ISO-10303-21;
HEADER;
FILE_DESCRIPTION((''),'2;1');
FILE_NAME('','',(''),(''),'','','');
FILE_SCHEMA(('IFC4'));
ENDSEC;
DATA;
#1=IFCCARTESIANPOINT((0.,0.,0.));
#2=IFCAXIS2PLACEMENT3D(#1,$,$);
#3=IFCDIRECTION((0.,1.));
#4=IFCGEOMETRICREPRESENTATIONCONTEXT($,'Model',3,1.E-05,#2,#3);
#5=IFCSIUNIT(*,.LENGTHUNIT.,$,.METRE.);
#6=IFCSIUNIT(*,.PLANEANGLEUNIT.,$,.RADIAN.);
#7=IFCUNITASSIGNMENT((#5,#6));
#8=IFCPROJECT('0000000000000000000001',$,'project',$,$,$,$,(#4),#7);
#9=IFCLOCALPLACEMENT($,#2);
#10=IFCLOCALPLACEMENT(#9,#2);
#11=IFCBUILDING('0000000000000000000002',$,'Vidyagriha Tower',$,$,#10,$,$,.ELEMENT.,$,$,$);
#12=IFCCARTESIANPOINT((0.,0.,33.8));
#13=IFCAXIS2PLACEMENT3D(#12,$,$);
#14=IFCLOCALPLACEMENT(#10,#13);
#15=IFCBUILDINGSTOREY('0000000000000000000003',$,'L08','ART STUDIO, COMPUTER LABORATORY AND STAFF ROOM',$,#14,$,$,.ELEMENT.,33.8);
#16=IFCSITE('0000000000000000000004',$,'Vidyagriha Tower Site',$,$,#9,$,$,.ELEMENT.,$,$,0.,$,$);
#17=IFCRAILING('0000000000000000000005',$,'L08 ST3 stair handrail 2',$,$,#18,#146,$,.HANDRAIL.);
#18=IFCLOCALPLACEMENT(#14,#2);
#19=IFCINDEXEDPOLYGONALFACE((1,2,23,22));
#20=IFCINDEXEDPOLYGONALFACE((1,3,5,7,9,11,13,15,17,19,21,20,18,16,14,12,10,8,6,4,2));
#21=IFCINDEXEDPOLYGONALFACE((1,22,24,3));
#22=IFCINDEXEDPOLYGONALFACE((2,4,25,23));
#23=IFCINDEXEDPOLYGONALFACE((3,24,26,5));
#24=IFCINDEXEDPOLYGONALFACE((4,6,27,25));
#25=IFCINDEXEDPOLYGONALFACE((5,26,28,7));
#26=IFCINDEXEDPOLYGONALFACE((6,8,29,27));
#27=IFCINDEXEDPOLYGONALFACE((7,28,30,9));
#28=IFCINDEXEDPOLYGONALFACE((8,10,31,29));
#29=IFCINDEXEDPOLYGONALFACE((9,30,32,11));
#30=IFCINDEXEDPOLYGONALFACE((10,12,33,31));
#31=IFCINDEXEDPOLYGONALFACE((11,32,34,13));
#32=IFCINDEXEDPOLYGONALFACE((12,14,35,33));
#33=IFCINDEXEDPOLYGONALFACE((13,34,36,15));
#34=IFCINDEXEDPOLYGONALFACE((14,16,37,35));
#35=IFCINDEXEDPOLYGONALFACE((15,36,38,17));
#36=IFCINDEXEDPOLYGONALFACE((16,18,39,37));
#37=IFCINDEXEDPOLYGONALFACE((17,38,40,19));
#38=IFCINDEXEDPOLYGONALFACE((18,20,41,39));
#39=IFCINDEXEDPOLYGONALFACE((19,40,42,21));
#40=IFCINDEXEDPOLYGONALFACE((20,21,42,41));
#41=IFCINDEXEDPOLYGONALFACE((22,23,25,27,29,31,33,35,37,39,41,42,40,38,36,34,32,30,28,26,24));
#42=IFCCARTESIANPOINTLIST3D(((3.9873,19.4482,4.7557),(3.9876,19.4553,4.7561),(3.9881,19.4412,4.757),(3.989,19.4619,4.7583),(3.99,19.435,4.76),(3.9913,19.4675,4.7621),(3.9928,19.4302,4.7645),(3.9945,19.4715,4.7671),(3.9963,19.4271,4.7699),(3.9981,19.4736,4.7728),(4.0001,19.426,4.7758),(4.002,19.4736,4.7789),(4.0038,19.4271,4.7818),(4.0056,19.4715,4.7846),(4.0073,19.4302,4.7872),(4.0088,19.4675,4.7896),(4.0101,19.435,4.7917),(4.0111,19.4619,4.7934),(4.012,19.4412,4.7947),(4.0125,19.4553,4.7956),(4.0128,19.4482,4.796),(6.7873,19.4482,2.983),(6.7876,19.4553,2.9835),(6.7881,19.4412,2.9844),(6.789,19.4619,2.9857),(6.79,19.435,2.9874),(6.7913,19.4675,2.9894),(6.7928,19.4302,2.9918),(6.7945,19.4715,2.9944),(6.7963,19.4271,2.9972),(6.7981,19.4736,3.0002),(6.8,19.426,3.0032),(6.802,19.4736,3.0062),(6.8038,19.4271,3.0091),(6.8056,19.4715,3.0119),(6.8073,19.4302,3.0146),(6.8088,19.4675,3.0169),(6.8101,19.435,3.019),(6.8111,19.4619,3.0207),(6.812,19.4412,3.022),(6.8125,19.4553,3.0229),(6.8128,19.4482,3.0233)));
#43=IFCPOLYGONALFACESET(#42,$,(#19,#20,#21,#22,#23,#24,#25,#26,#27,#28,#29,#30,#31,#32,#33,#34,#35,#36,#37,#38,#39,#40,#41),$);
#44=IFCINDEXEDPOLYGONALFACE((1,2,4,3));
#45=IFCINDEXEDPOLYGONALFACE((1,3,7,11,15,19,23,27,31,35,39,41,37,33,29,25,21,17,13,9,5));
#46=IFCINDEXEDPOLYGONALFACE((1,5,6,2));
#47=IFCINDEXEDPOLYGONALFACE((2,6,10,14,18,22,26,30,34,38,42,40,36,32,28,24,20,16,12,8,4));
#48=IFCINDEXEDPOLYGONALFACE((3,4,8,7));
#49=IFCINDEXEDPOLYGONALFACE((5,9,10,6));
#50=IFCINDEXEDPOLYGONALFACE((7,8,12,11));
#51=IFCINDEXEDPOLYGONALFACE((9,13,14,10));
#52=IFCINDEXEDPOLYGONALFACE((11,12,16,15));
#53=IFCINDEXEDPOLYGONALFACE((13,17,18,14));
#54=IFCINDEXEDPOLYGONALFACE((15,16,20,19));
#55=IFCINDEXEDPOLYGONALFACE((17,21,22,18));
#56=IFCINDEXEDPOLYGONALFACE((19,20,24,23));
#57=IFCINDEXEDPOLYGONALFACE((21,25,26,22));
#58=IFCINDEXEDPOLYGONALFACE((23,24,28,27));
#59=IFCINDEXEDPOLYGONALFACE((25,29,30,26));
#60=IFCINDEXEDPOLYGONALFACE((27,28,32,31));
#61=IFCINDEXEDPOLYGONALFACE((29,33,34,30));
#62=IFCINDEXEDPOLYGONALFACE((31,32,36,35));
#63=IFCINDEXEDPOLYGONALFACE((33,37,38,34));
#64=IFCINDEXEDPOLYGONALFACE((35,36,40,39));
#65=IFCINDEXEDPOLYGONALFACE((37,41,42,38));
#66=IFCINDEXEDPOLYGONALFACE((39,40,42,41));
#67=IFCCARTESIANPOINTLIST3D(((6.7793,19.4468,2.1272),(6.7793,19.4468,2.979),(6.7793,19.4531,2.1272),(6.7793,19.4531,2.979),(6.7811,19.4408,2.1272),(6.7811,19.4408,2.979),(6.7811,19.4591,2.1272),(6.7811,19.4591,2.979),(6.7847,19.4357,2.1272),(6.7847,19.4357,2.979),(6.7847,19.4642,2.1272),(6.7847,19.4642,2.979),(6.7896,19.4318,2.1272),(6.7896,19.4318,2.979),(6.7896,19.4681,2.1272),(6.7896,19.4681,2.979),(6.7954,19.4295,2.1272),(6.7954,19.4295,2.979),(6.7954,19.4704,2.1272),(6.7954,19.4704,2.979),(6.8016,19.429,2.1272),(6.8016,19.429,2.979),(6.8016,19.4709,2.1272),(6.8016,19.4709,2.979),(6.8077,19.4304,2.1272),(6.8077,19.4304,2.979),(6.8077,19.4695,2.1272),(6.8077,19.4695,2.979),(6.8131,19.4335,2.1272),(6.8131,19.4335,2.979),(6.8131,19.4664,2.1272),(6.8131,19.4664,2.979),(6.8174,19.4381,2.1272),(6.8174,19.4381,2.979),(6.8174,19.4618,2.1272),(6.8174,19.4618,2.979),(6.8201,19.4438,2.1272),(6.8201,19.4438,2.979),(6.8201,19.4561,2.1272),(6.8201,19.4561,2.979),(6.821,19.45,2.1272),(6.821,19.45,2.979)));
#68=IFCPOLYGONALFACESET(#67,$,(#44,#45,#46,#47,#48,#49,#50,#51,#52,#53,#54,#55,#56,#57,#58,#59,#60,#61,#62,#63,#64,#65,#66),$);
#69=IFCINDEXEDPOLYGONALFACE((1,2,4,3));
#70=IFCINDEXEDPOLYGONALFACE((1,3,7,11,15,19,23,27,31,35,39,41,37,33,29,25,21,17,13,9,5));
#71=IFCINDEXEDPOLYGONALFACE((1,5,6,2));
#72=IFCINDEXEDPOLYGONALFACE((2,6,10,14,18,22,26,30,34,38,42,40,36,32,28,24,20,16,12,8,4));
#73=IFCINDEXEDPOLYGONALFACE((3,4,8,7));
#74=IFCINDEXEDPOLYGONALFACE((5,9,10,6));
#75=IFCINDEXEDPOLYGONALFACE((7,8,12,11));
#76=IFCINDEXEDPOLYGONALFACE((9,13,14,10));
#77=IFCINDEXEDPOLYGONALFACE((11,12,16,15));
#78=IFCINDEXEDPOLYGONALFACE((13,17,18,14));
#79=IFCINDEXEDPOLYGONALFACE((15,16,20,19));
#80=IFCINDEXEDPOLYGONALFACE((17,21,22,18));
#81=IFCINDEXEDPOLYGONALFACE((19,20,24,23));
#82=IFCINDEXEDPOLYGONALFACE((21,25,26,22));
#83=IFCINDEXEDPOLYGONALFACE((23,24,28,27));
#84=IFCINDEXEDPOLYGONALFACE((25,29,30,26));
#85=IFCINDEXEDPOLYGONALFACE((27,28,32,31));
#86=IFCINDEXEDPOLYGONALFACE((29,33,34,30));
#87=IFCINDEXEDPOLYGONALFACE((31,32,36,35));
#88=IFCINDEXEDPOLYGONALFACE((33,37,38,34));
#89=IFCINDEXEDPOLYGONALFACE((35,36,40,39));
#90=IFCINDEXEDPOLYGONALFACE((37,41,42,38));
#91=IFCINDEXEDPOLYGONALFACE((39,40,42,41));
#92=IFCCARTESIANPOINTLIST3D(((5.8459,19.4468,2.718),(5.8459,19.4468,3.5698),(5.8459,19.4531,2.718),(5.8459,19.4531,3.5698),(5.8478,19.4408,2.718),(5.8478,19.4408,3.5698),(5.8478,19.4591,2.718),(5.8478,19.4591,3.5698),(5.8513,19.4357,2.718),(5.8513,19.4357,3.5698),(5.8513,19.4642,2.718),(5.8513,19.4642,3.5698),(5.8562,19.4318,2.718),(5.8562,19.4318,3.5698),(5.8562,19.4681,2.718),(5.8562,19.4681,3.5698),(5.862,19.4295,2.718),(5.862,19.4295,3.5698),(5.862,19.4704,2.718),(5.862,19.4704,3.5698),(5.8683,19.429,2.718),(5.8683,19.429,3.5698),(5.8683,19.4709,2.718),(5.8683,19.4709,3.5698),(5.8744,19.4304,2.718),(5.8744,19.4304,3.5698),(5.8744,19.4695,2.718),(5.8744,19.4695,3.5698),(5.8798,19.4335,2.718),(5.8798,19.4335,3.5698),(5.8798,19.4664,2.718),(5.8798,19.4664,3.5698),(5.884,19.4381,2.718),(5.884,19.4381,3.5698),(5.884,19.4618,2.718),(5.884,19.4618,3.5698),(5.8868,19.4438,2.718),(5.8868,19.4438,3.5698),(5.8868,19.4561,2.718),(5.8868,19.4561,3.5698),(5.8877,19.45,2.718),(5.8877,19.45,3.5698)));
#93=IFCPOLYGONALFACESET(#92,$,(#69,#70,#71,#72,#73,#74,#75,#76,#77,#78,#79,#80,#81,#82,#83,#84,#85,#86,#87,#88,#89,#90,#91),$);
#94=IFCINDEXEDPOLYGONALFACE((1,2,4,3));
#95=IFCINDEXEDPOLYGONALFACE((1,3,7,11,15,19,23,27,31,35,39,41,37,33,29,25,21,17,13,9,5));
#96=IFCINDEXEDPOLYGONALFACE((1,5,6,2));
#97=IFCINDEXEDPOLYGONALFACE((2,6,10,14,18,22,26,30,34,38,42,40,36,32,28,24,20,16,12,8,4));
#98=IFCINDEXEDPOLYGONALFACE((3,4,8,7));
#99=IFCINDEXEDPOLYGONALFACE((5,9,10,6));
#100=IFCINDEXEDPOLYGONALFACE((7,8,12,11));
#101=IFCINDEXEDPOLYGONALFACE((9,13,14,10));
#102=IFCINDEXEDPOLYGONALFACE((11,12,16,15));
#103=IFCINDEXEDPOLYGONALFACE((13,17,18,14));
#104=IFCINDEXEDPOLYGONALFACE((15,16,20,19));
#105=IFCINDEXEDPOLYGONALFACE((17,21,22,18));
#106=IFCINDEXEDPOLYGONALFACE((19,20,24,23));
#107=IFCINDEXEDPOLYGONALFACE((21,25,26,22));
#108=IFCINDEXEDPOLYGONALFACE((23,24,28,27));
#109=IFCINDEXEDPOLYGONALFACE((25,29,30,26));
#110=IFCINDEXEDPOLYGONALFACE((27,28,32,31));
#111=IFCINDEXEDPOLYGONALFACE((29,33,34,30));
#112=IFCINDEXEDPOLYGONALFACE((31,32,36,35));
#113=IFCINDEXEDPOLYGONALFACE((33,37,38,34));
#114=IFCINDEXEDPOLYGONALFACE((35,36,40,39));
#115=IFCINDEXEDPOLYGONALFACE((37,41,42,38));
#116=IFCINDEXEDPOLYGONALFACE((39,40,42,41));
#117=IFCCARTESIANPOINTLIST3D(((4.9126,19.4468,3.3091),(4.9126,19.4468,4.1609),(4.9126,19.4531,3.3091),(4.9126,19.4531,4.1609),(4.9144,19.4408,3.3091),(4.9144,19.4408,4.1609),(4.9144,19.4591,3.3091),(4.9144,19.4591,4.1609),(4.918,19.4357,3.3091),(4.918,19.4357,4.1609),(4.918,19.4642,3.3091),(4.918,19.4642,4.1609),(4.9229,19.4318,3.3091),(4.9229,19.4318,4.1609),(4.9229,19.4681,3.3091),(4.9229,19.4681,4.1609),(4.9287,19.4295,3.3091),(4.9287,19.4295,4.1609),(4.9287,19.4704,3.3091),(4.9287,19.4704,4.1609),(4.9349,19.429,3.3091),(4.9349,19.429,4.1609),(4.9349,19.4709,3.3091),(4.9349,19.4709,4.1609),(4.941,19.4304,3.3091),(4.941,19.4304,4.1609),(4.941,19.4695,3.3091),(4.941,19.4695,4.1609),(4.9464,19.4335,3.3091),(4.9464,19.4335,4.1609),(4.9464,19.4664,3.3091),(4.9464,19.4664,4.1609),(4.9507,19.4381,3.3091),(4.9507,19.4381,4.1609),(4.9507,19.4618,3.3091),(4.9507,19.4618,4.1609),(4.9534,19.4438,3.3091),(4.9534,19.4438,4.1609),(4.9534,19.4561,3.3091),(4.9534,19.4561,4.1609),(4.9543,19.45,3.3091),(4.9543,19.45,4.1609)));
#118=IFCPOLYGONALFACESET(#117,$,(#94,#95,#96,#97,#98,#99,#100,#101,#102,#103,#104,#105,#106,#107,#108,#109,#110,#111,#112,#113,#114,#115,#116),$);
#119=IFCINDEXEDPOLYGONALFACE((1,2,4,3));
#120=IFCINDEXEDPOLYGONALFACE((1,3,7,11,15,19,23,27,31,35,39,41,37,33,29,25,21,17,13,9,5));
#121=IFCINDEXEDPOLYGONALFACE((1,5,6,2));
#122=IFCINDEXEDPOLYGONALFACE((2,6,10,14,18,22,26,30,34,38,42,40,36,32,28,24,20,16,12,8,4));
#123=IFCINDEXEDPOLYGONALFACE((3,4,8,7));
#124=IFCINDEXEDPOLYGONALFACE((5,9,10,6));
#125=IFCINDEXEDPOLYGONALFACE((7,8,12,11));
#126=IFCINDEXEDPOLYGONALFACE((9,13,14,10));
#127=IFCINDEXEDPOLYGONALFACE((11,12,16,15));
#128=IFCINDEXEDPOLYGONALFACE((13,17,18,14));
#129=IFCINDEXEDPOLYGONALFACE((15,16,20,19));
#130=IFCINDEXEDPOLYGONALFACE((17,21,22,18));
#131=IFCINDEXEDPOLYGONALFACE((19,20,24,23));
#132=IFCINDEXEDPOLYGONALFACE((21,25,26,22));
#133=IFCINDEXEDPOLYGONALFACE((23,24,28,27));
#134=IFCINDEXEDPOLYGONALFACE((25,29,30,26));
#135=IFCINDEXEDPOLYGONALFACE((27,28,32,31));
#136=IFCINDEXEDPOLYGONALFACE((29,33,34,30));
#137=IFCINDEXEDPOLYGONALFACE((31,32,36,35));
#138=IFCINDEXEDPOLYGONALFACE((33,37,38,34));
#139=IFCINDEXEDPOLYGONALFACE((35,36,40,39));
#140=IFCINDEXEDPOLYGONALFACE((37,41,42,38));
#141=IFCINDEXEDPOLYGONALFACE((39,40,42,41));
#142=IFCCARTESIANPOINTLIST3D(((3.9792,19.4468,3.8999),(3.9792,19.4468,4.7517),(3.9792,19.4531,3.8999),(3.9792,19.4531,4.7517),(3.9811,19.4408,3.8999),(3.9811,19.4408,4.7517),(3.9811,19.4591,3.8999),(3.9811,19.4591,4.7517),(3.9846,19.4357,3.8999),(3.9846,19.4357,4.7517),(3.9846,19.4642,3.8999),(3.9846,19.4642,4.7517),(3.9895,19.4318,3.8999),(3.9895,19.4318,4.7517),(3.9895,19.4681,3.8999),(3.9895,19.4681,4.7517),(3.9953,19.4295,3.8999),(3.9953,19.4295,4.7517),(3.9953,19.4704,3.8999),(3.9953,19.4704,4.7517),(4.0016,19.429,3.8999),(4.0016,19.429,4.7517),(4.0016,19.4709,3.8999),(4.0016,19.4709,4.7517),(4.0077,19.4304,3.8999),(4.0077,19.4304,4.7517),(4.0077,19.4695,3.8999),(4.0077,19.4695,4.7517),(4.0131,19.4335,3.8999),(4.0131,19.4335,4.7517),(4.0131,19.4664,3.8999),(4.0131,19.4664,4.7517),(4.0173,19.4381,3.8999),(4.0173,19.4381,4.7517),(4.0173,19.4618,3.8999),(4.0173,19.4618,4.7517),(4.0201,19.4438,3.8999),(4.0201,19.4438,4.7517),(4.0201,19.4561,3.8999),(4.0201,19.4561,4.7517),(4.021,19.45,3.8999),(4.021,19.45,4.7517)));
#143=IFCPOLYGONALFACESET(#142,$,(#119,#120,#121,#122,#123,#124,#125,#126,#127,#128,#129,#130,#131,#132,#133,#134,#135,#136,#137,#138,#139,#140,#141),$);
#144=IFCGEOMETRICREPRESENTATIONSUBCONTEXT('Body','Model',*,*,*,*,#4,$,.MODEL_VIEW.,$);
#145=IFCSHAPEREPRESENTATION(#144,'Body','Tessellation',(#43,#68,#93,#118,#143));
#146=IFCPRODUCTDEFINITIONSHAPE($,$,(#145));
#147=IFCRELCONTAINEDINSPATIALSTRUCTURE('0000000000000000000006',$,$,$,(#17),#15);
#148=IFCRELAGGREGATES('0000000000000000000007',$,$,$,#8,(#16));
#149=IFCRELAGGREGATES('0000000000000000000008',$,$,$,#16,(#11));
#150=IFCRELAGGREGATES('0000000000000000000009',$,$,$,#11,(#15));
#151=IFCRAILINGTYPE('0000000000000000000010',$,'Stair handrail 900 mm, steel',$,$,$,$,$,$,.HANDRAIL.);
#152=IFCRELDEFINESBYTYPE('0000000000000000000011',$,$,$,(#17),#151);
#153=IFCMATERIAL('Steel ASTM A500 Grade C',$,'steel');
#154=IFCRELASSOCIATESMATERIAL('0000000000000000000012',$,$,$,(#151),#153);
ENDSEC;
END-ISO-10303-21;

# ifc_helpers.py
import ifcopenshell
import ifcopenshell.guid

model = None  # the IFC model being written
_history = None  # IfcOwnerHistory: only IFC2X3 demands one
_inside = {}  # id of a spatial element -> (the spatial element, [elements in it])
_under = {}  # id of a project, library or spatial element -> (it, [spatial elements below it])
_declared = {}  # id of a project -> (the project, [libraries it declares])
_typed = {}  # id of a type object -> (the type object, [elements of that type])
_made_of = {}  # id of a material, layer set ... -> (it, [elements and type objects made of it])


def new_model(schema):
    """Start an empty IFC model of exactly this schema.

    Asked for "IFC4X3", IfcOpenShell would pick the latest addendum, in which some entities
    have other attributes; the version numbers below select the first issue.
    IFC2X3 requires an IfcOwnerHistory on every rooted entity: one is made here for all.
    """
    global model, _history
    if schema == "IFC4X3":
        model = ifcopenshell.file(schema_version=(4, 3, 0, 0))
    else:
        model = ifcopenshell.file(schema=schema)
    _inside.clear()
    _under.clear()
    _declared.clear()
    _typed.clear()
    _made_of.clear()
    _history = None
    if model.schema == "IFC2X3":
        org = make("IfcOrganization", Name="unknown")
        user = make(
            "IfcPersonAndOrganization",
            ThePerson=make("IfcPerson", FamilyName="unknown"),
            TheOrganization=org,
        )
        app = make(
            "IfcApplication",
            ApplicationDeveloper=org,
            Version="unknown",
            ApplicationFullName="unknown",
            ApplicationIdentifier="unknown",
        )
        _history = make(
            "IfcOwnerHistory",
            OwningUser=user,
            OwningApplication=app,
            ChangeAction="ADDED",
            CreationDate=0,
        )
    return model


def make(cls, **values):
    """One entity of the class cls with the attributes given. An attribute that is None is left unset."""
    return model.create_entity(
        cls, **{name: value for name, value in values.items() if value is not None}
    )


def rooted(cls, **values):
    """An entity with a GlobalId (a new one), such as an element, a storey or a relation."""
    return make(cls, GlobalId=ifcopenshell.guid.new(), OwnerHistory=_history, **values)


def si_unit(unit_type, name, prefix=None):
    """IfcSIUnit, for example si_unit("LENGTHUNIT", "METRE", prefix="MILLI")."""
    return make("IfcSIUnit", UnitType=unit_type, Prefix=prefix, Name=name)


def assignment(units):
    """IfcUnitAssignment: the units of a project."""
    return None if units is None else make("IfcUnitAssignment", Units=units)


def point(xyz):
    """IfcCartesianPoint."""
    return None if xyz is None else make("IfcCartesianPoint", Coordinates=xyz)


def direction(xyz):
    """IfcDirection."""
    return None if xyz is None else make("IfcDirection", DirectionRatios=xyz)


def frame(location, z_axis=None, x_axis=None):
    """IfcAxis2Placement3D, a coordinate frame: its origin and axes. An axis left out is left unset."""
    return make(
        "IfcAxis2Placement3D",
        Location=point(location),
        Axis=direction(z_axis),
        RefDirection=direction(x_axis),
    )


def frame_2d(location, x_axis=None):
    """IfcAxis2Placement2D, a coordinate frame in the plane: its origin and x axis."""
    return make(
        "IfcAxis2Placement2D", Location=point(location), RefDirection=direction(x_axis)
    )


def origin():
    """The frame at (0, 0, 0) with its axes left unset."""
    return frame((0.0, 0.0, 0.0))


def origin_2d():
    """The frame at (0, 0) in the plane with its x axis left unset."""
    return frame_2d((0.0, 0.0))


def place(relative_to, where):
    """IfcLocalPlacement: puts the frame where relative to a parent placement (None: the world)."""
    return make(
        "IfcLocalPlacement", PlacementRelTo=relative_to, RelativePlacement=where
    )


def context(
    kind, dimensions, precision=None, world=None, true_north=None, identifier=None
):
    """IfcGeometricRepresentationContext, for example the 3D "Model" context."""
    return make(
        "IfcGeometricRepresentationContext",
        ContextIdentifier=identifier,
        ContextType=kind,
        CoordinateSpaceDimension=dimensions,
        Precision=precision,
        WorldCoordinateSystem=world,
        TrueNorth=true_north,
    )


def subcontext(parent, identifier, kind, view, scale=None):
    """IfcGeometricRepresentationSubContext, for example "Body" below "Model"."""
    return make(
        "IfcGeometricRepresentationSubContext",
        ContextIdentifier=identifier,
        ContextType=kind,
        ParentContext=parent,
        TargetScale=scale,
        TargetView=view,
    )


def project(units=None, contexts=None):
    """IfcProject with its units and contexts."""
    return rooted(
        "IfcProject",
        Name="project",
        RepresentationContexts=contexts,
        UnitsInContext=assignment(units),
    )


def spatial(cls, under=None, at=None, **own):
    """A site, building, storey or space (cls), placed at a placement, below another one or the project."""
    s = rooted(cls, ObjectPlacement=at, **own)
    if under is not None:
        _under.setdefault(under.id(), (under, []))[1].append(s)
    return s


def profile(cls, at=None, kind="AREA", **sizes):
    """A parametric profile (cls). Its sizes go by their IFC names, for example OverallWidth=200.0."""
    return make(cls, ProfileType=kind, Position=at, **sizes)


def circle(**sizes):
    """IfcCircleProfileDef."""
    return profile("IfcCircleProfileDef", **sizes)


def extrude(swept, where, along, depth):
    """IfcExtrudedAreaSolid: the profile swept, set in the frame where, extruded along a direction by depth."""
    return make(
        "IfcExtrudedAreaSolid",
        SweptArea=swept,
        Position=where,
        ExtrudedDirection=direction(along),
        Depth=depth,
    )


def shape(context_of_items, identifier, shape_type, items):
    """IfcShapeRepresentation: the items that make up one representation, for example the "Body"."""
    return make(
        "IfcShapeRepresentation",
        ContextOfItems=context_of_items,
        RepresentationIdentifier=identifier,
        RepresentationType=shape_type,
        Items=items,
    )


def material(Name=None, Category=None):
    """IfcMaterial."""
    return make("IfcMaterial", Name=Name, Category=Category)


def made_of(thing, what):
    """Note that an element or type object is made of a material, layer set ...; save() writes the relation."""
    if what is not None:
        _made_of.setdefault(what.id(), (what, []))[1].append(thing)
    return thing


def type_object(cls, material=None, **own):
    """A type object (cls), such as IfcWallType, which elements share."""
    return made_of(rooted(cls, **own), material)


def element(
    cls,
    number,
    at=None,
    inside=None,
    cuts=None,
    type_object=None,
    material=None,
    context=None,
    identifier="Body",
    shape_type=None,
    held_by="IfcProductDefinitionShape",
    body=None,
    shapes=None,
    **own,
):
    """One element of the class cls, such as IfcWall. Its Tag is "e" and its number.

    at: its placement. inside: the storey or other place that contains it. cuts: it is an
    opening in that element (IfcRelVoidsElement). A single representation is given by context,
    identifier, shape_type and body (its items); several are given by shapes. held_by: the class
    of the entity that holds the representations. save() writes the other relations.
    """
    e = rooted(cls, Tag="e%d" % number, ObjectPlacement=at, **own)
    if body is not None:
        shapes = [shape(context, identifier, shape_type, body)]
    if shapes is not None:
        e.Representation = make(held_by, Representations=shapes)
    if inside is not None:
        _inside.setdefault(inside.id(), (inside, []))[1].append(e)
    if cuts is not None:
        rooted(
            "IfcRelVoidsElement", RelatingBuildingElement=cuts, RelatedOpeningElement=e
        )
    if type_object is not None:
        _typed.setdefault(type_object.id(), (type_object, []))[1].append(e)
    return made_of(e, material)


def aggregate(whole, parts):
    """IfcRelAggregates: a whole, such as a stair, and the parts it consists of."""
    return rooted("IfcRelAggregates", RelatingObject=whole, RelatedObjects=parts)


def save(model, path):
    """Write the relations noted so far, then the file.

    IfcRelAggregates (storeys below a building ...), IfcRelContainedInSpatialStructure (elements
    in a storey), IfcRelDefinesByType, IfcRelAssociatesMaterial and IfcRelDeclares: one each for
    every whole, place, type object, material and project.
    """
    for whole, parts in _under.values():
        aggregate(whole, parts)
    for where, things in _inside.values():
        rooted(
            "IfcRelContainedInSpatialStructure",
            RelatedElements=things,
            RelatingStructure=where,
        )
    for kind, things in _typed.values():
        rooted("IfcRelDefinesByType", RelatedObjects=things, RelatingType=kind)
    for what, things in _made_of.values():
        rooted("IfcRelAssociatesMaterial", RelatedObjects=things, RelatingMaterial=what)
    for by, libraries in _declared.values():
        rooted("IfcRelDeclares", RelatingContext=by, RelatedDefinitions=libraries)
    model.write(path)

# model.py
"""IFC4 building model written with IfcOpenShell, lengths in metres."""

from ifc_helpers import new_model, si_unit, direction, frame, origin, origin_2d, place, context, subcontext, project, spatial, circle, extrude, material, type_object, element, save


model = new_model("IFC4")

# Units and contexts
model_context = context("Model", 3, precision=1e-05, world=origin(), true_north=direction((0.0, 1.0)))
body_context = subcontext(model_context, "Body", "Model", "MODEL_VIEW")
ifc_project = project(units=[si_unit("LENGTHUNIT", "METRE"), si_unit("PLANEANGLEUNIT", "RADIAN")], contexts=[model_context])

# Site, building, storey
site_placement = place(None, origin())
site = spatial("IfcSite", under=ifc_project, at=site_placement, Name="Vidyagriha Tower Site", CompositionType="ELEMENT", RefElevation=0.0)
building_placement = place(site_placement, origin())
building = spatial("IfcBuilding", under=site, at=building_placement, Name="Vidyagriha Tower", CompositionType="ELEMENT")
storey_placement = place(building_placement, frame((0.0, 0.0, 33.8)))
storey = spatial("IfcBuildingStorey", under=building, at=storey_placement, Name="L08", Description="ART STUDIO, COMPUTER LABORATORY AND STAFF ROOM", CompositionType="ELEMENT", Elevation=33.8)

# Railing
ifc_material_1 = material(Name="Steel ASTM A500 Grade C", Category="steel")
railing_type_1 = type_object("IfcRailingType", Name="Stair handrail 900 mm, steel", PredefinedType="HANDRAIL", material=ifc_material_1)
railing_1_placement = place(storey_placement, frame((6.8, 19.45, 2.1272)))
element("IfcRailing", 1, at=railing_1_placement, inside=storey, type_object=railing_type_1, Name="L08 ST3 stair handrail 2", PredefinedType="HANDRAIL", context=body_context, shape_type="SweptSolid", body=[
    extrude(circle(Radius=0.0239, at=origin_2d()), frame((0.0, 0.0, 0.876), z_axis=(-0.844909, 0.0, 0.53491), x_axis=(0.0, -1.0, 0.0)), (0.0, 0.0, 1.0), 3.314),
    extrude(circle(Radius=0.021, at=origin_2d()), origin(), (0.0, 0.0, 1.0), 0.8518),
    extrude(circle(Radius=0.021, at=origin_2d()), frame((-0.9333, 0.0, 0.5908)), (0.0, 0.0, 1.0), 0.8518),
    extrude(circle(Radius=0.021, at=origin_2d()), frame((-1.8667, 0.0, 1.1819)), (0.0, 0.0, 1.0), 0.8518),
    extrude(circle(Radius=0.021, at=origin_2d()), frame((-2.8, 0.0, 1.7727)), (0.0, 0.0, 1.0), 0.8518),
])

save(model, "model.ifc")
